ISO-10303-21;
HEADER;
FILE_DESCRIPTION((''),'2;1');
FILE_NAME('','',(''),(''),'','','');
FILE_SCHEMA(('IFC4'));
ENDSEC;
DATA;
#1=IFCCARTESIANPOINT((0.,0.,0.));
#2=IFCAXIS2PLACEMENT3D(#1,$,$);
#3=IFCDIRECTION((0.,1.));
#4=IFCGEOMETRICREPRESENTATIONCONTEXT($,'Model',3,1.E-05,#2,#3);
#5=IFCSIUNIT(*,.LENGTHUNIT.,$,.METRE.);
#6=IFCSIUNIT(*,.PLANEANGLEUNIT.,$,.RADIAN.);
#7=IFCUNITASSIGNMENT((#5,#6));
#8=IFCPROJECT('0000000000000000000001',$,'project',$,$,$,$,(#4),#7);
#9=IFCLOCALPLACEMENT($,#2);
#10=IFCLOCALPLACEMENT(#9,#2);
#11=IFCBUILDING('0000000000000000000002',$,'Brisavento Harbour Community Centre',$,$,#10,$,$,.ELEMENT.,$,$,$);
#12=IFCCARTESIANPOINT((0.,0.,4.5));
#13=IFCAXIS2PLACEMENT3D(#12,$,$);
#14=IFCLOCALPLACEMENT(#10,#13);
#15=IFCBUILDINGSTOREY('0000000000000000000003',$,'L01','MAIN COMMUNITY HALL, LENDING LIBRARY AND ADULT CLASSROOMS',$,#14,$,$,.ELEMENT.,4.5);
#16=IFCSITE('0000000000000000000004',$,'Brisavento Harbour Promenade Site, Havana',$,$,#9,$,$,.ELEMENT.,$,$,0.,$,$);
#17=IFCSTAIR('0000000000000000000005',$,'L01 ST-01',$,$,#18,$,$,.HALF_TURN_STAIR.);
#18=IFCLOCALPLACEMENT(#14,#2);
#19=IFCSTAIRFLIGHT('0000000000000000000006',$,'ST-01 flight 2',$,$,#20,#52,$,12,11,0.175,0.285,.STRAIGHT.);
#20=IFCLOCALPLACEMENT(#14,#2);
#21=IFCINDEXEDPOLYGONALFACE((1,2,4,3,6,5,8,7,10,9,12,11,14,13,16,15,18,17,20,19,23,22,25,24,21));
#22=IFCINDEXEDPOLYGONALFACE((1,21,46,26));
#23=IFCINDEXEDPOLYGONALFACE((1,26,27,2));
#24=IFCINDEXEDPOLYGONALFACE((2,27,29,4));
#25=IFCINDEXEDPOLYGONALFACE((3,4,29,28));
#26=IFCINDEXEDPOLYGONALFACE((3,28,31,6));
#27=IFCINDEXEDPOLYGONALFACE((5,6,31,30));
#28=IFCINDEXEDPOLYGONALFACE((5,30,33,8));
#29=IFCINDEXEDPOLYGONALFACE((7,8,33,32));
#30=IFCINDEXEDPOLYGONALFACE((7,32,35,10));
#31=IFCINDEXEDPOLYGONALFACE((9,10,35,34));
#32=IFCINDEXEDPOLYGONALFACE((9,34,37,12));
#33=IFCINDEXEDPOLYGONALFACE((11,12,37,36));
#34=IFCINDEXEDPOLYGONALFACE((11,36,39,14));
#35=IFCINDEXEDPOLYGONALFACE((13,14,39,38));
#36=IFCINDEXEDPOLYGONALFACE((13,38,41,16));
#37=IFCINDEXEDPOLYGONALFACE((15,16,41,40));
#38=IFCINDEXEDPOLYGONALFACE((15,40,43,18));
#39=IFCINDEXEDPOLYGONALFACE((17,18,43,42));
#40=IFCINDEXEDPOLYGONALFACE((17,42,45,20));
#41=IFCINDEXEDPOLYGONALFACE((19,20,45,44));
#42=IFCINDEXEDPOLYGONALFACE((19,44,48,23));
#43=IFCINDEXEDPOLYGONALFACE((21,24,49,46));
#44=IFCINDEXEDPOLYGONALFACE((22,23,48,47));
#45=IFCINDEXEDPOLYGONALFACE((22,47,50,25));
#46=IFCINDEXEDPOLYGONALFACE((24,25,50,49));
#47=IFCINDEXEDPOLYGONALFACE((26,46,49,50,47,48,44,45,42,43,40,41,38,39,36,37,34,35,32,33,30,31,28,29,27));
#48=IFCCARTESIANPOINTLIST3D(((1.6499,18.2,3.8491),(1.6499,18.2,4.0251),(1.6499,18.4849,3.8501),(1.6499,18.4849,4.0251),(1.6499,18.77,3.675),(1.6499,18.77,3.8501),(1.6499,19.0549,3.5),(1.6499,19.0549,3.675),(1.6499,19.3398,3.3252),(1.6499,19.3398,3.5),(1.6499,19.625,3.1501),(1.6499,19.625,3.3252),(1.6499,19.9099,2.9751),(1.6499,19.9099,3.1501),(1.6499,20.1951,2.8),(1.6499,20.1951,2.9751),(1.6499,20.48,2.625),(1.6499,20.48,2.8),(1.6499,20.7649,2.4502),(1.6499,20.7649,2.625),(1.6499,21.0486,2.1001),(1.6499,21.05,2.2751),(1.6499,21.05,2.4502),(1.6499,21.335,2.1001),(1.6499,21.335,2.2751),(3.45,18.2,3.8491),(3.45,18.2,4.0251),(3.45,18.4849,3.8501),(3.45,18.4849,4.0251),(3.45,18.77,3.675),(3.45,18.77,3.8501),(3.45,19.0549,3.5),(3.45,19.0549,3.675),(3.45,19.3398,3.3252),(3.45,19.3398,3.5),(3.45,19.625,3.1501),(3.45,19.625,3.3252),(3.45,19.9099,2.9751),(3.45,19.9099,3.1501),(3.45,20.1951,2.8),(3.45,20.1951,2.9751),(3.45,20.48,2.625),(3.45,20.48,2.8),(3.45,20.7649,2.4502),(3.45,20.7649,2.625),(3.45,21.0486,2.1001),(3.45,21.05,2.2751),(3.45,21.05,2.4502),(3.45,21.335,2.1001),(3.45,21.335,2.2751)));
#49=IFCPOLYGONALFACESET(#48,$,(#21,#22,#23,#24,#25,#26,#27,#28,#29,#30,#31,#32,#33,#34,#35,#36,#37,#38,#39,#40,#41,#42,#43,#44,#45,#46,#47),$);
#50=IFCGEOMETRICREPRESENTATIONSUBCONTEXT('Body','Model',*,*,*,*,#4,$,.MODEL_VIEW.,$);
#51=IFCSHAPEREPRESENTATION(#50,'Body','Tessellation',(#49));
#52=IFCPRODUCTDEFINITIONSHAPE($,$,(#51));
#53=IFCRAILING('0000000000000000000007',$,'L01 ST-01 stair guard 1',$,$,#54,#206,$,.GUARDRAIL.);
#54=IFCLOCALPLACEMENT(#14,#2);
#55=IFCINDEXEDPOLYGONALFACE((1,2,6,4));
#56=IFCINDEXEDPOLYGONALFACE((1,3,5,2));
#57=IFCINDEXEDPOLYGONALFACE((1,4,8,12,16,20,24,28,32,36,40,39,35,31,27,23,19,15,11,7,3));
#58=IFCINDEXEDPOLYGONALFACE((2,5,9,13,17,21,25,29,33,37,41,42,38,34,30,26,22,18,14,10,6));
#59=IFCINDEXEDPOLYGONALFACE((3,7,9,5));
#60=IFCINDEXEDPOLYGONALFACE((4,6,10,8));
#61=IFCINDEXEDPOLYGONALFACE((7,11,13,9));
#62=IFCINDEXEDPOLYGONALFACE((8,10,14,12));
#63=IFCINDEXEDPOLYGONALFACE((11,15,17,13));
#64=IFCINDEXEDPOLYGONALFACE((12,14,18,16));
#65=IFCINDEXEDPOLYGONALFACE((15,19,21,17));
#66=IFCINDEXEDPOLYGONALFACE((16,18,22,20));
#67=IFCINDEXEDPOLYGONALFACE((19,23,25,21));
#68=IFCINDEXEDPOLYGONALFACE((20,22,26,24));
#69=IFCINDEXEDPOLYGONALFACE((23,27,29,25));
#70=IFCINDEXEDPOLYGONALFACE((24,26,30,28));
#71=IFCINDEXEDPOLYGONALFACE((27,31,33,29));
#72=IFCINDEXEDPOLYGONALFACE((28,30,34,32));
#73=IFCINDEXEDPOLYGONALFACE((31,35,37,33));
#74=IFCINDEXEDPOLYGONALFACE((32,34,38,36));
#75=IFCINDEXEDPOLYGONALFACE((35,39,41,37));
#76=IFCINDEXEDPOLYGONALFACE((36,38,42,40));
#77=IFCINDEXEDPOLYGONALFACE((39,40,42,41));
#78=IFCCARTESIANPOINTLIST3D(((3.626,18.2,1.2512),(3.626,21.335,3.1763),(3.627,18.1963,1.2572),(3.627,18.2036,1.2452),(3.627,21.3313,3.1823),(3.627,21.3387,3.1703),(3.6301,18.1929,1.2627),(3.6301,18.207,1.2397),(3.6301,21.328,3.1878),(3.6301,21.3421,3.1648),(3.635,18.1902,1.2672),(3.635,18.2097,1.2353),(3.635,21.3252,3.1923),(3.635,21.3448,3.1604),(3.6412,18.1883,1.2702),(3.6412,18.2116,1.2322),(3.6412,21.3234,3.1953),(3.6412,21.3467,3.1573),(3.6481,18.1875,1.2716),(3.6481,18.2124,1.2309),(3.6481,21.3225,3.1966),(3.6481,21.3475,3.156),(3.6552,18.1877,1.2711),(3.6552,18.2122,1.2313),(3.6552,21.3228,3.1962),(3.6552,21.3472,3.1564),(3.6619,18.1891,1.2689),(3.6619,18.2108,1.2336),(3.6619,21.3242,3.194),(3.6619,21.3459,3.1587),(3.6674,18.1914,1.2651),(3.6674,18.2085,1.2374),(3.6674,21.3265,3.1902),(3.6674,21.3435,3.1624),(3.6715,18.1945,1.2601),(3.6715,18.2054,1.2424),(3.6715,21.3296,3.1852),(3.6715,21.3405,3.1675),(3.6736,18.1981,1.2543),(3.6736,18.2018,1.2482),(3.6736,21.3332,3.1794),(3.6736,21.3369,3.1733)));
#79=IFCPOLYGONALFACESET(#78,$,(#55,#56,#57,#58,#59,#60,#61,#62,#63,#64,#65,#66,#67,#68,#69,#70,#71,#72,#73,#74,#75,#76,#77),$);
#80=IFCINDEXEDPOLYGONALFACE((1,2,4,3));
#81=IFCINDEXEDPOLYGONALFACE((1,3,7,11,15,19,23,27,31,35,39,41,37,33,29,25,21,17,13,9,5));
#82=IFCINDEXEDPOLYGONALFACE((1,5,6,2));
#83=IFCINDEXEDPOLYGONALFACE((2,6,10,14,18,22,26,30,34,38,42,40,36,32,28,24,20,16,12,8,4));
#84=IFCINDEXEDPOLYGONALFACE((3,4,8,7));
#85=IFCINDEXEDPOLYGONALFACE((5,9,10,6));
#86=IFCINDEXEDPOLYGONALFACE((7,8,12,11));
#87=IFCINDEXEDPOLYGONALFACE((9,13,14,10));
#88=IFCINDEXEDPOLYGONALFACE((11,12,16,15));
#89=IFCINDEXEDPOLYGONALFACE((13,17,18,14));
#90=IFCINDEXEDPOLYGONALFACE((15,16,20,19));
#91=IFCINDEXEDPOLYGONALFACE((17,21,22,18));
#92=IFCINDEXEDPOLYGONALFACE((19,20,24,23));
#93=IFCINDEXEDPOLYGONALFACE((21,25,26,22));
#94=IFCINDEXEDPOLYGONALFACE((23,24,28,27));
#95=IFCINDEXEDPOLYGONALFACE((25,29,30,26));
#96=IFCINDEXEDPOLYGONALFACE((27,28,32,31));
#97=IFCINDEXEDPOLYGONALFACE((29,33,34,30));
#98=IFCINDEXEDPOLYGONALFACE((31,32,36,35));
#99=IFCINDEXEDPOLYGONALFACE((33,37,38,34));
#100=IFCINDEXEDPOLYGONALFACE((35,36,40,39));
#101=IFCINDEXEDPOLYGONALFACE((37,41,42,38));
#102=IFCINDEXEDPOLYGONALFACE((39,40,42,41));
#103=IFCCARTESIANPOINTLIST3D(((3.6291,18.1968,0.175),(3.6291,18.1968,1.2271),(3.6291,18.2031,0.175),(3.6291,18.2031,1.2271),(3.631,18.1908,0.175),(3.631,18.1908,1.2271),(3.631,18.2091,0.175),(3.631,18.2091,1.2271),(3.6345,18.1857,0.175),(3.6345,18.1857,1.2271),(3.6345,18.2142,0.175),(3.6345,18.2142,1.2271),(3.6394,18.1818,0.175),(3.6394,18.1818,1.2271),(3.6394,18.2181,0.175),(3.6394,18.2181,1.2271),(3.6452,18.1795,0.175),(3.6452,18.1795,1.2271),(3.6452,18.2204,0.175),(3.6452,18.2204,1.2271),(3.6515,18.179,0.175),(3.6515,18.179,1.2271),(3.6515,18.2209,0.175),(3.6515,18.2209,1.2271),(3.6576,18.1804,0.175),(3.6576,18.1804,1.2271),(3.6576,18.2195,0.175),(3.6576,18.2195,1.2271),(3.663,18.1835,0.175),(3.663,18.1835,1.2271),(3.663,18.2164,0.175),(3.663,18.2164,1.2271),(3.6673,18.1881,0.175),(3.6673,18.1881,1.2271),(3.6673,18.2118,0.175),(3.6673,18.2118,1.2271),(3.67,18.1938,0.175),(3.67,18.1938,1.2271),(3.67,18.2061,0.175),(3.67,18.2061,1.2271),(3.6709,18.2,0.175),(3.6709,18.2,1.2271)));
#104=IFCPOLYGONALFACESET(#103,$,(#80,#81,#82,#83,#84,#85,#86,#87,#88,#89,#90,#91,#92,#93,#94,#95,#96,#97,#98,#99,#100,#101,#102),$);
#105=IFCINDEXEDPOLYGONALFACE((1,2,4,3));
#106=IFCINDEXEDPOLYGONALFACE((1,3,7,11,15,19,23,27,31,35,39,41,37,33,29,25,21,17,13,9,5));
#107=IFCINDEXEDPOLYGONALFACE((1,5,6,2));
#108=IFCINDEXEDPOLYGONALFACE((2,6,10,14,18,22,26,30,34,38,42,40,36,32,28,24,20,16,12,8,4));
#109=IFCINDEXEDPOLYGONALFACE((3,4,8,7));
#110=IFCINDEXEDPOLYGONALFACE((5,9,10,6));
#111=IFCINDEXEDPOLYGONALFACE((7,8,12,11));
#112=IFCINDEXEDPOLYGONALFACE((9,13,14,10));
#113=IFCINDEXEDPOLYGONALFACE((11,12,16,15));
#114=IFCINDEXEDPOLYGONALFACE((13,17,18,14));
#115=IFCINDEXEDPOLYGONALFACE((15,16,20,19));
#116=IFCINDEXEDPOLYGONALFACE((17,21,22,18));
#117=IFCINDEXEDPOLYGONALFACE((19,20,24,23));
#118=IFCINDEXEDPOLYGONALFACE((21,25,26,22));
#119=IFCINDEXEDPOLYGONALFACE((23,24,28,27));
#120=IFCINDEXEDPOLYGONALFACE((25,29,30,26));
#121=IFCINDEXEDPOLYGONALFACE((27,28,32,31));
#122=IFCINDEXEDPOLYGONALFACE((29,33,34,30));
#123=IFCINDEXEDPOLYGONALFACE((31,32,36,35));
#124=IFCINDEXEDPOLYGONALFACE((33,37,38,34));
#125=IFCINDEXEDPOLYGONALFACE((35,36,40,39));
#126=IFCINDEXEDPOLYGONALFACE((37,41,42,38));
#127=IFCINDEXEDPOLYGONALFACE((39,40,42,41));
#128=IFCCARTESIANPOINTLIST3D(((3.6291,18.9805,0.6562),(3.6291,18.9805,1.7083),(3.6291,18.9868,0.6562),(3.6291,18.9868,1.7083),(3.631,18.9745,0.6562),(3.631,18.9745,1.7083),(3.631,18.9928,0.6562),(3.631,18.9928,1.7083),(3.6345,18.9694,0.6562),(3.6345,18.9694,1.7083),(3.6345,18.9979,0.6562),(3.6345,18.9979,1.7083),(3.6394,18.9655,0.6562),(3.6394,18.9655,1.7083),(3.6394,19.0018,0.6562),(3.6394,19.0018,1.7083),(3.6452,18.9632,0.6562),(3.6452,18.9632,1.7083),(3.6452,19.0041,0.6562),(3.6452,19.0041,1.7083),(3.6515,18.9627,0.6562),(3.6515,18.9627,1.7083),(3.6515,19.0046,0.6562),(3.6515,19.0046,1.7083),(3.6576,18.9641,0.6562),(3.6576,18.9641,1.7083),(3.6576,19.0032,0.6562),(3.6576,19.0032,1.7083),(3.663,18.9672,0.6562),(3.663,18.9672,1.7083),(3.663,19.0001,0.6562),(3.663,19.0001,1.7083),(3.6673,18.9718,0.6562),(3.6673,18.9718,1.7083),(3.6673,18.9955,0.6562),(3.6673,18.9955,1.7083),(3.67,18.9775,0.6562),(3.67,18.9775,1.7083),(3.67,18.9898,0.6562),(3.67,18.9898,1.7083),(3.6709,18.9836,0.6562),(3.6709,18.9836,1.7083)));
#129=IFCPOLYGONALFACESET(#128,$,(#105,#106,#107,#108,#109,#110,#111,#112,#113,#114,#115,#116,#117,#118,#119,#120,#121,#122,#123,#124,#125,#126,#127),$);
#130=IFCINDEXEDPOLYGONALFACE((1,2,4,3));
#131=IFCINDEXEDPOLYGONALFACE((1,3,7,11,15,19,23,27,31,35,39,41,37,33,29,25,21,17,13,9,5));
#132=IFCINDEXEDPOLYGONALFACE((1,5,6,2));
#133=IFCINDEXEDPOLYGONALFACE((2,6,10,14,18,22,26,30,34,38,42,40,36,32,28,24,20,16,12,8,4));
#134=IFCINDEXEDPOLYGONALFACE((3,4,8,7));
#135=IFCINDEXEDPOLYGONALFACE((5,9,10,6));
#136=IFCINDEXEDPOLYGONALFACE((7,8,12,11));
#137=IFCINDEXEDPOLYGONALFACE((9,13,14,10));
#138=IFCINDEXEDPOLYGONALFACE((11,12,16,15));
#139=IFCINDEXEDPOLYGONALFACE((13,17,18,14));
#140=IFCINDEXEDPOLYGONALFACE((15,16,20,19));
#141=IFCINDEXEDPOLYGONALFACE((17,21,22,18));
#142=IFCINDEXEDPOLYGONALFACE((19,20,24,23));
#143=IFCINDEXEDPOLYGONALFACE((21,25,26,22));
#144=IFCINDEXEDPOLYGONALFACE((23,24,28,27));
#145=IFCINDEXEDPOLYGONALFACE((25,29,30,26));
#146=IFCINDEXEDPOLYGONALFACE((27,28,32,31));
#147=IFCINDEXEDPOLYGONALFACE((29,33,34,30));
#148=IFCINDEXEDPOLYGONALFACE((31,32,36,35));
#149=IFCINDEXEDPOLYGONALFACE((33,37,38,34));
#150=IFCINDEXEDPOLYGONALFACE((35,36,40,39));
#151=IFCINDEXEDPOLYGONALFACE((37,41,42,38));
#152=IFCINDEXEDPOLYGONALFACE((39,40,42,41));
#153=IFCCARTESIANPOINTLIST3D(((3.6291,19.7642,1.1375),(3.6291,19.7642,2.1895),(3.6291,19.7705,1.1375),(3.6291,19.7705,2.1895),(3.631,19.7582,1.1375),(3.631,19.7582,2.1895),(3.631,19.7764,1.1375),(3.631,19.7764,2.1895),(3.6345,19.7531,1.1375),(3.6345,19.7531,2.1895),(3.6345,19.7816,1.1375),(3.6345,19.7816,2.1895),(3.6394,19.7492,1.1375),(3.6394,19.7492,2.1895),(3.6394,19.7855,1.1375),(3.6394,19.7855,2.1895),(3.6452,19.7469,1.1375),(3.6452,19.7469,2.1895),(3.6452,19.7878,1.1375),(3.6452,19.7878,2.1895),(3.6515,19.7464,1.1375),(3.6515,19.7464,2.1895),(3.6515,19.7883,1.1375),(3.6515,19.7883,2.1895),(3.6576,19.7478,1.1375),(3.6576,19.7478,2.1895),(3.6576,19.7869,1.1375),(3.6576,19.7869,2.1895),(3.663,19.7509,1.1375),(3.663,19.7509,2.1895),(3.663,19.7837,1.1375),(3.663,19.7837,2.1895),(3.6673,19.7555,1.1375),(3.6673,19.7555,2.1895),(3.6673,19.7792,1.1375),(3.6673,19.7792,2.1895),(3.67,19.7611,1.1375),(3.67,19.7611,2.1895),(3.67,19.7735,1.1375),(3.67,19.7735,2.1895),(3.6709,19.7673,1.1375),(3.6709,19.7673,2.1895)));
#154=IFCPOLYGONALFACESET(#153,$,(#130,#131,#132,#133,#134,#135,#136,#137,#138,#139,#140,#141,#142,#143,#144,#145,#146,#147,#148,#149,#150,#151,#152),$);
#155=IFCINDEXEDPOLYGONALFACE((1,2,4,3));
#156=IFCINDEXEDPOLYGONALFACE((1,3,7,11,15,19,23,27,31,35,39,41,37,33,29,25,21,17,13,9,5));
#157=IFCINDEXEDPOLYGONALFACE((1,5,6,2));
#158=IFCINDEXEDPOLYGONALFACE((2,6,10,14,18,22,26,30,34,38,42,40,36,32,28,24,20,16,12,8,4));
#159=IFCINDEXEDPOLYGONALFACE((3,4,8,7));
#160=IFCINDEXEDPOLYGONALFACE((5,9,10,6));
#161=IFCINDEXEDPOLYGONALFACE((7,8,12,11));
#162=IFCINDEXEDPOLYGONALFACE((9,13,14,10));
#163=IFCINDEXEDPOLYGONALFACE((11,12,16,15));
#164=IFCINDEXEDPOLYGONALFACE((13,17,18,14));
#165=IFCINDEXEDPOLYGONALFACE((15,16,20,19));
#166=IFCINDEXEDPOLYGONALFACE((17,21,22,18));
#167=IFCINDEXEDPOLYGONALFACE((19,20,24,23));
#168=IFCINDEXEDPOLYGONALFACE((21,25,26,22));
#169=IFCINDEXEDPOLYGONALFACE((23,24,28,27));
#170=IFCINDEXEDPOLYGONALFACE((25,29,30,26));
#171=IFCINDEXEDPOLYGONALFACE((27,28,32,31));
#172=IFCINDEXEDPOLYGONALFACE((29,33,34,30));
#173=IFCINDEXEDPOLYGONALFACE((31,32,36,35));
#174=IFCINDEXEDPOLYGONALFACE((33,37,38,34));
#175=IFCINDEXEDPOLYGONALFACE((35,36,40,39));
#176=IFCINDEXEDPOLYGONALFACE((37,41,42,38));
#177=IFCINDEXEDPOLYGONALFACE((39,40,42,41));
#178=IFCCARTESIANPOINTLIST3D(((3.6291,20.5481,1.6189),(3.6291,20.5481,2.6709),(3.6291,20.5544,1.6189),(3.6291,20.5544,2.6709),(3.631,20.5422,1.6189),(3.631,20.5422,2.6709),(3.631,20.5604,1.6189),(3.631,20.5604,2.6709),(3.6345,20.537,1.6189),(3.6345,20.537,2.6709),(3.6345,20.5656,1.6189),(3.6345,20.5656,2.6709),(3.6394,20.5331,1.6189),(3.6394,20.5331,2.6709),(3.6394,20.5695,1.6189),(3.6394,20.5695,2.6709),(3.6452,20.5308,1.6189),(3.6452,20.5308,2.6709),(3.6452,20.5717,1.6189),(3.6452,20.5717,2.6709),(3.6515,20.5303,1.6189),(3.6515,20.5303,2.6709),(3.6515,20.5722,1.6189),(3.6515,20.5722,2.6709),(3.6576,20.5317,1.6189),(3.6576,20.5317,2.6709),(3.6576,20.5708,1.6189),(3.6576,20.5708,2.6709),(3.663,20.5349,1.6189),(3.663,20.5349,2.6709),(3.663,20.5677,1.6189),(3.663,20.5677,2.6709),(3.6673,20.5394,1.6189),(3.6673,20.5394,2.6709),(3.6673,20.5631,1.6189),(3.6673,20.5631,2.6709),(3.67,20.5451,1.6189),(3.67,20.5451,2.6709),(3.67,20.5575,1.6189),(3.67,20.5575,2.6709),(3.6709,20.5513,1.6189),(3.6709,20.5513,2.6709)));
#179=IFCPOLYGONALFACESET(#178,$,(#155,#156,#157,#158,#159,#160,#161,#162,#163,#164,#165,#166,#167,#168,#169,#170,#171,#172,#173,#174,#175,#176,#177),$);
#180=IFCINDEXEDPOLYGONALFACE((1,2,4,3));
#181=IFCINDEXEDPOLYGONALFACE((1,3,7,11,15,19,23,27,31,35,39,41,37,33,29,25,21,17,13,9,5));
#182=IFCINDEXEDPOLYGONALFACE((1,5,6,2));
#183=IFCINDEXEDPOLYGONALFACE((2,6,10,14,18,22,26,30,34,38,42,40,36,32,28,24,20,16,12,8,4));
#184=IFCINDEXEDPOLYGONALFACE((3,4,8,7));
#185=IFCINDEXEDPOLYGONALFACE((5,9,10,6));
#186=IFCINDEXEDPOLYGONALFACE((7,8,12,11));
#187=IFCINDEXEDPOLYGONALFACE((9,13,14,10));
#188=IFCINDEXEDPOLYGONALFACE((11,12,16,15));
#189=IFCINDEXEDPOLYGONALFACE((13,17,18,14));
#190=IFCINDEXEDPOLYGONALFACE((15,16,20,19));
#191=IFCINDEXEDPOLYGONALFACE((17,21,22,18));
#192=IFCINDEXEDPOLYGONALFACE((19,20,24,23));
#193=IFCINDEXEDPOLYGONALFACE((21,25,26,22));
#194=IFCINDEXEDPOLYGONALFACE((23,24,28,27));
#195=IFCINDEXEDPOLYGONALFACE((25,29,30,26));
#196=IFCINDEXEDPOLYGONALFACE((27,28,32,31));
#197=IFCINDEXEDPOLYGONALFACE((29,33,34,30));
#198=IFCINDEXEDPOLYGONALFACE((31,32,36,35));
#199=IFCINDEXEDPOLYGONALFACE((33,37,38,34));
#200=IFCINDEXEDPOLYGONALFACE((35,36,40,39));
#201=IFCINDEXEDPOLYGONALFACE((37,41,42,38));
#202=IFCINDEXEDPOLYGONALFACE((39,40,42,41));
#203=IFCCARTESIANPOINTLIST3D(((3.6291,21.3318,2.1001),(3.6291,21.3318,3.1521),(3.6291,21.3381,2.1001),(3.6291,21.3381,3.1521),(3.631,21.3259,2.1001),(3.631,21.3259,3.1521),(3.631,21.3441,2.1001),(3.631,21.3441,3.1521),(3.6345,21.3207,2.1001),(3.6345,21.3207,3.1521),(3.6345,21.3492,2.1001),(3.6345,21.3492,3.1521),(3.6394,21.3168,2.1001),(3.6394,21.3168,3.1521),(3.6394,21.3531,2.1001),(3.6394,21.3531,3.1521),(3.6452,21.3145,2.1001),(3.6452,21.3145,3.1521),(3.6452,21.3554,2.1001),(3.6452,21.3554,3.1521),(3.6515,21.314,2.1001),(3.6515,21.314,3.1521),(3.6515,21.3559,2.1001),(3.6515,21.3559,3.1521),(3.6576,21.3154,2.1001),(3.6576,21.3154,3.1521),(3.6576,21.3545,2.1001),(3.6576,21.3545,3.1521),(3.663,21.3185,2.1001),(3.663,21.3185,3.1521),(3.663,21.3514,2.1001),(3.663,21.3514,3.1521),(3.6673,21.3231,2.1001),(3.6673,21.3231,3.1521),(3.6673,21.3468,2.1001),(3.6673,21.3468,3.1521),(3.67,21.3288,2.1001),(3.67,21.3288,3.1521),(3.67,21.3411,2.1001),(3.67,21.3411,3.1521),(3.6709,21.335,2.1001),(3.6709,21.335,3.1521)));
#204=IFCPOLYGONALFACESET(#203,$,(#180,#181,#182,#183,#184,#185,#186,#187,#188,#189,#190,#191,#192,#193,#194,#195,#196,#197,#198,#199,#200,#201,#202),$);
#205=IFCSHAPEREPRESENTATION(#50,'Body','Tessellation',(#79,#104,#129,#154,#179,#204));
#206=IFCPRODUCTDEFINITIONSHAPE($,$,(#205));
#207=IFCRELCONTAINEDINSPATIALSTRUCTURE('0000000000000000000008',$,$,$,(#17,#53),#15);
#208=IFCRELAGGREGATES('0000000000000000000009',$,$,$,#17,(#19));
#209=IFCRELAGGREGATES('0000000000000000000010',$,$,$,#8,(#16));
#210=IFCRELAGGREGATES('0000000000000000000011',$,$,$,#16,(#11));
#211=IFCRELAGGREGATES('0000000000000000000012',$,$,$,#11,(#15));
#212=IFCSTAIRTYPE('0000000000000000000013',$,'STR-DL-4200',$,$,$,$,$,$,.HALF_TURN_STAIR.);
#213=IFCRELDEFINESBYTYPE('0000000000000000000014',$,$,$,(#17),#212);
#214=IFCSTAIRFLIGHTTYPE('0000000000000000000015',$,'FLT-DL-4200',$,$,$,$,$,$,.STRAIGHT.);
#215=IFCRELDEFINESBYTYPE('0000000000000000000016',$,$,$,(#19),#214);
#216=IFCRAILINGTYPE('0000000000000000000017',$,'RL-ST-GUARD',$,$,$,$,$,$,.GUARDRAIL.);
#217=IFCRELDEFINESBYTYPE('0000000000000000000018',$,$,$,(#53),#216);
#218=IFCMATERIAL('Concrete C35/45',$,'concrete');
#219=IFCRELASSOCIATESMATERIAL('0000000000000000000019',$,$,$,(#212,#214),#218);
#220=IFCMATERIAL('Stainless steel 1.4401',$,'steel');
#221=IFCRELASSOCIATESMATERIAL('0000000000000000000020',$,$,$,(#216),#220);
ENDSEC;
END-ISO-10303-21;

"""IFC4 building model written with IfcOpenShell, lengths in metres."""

from ifc_helpers import new_model, si_unit, direction, frame, origin, origin_2d, place, context, subcontext, project, spatial, polyline, circle, outline, extrude, material, type_object, element, aggregate, save


model = new_model("IFC4")

# Units and contexts
model_context = context("Model", 3, precision=1e-05, world=origin(), true_north=direction((0.0, 1.0)))
body_context = subcontext(model_context, "Body", "Model", "MODEL_VIEW")
ifc_project = project(units=[si_unit("LENGTHUNIT", "METRE"), si_unit("PLANEANGLEUNIT", "RADIAN")], contexts=[model_context])

# Site, building, storey
site_placement = place(None, origin())
site = spatial("IfcSite", under=ifc_project, at=site_placement, Name="Brisavento Harbour Promenade Site, Havana", CompositionType="ELEMENT", RefElevation=0.0)
building_placement = place(site_placement, origin())
building = spatial("IfcBuilding", under=site, at=building_placement, Name="Brisavento Harbour Community Centre", CompositionType="ELEMENT")
storey_placement = place(building_placement, frame((0.0, 0.0, 4.5)))
storey = spatial("IfcBuildingStorey", under=building, at=storey_placement, Name="L01", Description="MAIN COMMUNITY HALL, LENDING LIBRARY AND ADULT CLASSROOMS", CompositionType="ELEMENT", Elevation=4.5)

# Shared definitions
ifc_material_1 = material(Name="Concrete C35/45", Category="concrete")

# Shared definitions
ifc_material_2 = material(Name="Stainless steel 1.4401", Category="steel")

# Stair, stair flight
stair_type = type_object("IfcStairType", Name="STR-DL-4200", PredefinedType="HALF_TURN_STAIR", material=ifc_material_1)
stair_placement = place(storey_placement, origin())
stair = element("IfcStair", 1, at=stair_placement, inside=storey, type_object=stair_type, Name="L01 ST-01", PredefinedType="HALF_TURN_STAIR")
stair_flight_type = type_object("IfcStairFlightType", Name="FLT-DL-4200", PredefinedType="STRAIGHT", material=ifc_material_1)
stair_flight_1_placement = place(storey_placement, frame((2.55, 21.335, 2.1001), z_axis=(0.0, 0.0, 1.0), x_axis=(0.0, -1.0, 0.0)))
stair_flight_1 = element("IfcStairFlight", 2, at=stair_flight_1_placement, type_object=stair_flight_type, Name="ST-01 flight 2", NumberOfRisers=12, NumberOfTreads=11, PredefinedType="STRAIGHT", RiserHeight=0.175, TreadLength=0.285, context=body_context, shape_type="SweptSolid", body=[
    extrude(outline(polyline([(0.0, 0.0), (0.0, 0.175), (0.2849, 0.175), (0.2849, 0.3501), (0.5701, 0.3501), (0.5701, 0.5249), (0.855, 0.5249), (0.855, 0.7), (1.1399, 0.7), (1.1399, 0.875), (1.425, 0.875), (1.425, 1.05), (1.71, 1.05), (1.71, 1.2251), (1.9951, 1.2251), (1.9951, 1.3999), (2.28, 1.3999), (2.28, 1.575), (2.5649, 1.575), (2.5649, 1.75), (2.8501, 1.75), (2.8501, 1.925), (3.135, 1.925), (3.135, 2.1001), (3.135, 1.749), (0.2864, 0.0), (0.0, 0.0)])), frame((0.0, 0.8999, 0.0), z_axis=(0.0, -1.0, 0.0), x_axis=(1.0, 0.0, 0.0)), (0.0, 0.0, 1.0), 1.8),
])
aggregate(stair, [stair_flight_1])

# Railing
railing_type_1 = type_object("IfcRailingType", Name="RL-ST-GUARD", PredefinedType="GUARDRAIL", material=ifc_material_2)
railing_1_placement = place(storey_placement, frame((3.6499, 18.2, 0.175)))
element("IfcRailing", 3, at=railing_1_placement, inside=storey, type_object=railing_type_1, Name="L01 ST-01 stair guard 1", PredefinedType="GUARDRAIL", context=body_context, shape_type="SweptSolid", body=[
    extrude(circle(Radius=0.0239, at=origin_2d()), frame((0.0, 0.0, 1.0762), z_axis=(0.0, 0.852166, 0.523271), x_axis=(-1.0, 0.0, 0.0)), (0.0, 0.0, 1.0), 3.679),
    extrude(circle(Radius=0.021, at=origin_2d()), origin(), (0.0, 0.0, 1.0), 1.052),
    extrude(circle(Radius=0.021, at=origin_2d()), frame((0.0, 0.7837, 0.4812)), (0.0, 0.0, 1.0), 1.052),
    extrude(circle(Radius=0.021, at=origin_2d()), frame((0.0, 1.5674, 0.9624)), (0.0, 0.0, 1.0), 1.052),
    extrude(circle(Radius=0.021, at=origin_2d()), frame((0.0, 2.3513, 1.4438)), (0.0, 0.0, 1.0), 1.052),
    extrude(circle(Radius=0.021, at=origin_2d()), frame((0.0, 3.135, 1.925)), (0.0, 0.0, 1.0), 1.052),
])

save(model, "model.ifc")
